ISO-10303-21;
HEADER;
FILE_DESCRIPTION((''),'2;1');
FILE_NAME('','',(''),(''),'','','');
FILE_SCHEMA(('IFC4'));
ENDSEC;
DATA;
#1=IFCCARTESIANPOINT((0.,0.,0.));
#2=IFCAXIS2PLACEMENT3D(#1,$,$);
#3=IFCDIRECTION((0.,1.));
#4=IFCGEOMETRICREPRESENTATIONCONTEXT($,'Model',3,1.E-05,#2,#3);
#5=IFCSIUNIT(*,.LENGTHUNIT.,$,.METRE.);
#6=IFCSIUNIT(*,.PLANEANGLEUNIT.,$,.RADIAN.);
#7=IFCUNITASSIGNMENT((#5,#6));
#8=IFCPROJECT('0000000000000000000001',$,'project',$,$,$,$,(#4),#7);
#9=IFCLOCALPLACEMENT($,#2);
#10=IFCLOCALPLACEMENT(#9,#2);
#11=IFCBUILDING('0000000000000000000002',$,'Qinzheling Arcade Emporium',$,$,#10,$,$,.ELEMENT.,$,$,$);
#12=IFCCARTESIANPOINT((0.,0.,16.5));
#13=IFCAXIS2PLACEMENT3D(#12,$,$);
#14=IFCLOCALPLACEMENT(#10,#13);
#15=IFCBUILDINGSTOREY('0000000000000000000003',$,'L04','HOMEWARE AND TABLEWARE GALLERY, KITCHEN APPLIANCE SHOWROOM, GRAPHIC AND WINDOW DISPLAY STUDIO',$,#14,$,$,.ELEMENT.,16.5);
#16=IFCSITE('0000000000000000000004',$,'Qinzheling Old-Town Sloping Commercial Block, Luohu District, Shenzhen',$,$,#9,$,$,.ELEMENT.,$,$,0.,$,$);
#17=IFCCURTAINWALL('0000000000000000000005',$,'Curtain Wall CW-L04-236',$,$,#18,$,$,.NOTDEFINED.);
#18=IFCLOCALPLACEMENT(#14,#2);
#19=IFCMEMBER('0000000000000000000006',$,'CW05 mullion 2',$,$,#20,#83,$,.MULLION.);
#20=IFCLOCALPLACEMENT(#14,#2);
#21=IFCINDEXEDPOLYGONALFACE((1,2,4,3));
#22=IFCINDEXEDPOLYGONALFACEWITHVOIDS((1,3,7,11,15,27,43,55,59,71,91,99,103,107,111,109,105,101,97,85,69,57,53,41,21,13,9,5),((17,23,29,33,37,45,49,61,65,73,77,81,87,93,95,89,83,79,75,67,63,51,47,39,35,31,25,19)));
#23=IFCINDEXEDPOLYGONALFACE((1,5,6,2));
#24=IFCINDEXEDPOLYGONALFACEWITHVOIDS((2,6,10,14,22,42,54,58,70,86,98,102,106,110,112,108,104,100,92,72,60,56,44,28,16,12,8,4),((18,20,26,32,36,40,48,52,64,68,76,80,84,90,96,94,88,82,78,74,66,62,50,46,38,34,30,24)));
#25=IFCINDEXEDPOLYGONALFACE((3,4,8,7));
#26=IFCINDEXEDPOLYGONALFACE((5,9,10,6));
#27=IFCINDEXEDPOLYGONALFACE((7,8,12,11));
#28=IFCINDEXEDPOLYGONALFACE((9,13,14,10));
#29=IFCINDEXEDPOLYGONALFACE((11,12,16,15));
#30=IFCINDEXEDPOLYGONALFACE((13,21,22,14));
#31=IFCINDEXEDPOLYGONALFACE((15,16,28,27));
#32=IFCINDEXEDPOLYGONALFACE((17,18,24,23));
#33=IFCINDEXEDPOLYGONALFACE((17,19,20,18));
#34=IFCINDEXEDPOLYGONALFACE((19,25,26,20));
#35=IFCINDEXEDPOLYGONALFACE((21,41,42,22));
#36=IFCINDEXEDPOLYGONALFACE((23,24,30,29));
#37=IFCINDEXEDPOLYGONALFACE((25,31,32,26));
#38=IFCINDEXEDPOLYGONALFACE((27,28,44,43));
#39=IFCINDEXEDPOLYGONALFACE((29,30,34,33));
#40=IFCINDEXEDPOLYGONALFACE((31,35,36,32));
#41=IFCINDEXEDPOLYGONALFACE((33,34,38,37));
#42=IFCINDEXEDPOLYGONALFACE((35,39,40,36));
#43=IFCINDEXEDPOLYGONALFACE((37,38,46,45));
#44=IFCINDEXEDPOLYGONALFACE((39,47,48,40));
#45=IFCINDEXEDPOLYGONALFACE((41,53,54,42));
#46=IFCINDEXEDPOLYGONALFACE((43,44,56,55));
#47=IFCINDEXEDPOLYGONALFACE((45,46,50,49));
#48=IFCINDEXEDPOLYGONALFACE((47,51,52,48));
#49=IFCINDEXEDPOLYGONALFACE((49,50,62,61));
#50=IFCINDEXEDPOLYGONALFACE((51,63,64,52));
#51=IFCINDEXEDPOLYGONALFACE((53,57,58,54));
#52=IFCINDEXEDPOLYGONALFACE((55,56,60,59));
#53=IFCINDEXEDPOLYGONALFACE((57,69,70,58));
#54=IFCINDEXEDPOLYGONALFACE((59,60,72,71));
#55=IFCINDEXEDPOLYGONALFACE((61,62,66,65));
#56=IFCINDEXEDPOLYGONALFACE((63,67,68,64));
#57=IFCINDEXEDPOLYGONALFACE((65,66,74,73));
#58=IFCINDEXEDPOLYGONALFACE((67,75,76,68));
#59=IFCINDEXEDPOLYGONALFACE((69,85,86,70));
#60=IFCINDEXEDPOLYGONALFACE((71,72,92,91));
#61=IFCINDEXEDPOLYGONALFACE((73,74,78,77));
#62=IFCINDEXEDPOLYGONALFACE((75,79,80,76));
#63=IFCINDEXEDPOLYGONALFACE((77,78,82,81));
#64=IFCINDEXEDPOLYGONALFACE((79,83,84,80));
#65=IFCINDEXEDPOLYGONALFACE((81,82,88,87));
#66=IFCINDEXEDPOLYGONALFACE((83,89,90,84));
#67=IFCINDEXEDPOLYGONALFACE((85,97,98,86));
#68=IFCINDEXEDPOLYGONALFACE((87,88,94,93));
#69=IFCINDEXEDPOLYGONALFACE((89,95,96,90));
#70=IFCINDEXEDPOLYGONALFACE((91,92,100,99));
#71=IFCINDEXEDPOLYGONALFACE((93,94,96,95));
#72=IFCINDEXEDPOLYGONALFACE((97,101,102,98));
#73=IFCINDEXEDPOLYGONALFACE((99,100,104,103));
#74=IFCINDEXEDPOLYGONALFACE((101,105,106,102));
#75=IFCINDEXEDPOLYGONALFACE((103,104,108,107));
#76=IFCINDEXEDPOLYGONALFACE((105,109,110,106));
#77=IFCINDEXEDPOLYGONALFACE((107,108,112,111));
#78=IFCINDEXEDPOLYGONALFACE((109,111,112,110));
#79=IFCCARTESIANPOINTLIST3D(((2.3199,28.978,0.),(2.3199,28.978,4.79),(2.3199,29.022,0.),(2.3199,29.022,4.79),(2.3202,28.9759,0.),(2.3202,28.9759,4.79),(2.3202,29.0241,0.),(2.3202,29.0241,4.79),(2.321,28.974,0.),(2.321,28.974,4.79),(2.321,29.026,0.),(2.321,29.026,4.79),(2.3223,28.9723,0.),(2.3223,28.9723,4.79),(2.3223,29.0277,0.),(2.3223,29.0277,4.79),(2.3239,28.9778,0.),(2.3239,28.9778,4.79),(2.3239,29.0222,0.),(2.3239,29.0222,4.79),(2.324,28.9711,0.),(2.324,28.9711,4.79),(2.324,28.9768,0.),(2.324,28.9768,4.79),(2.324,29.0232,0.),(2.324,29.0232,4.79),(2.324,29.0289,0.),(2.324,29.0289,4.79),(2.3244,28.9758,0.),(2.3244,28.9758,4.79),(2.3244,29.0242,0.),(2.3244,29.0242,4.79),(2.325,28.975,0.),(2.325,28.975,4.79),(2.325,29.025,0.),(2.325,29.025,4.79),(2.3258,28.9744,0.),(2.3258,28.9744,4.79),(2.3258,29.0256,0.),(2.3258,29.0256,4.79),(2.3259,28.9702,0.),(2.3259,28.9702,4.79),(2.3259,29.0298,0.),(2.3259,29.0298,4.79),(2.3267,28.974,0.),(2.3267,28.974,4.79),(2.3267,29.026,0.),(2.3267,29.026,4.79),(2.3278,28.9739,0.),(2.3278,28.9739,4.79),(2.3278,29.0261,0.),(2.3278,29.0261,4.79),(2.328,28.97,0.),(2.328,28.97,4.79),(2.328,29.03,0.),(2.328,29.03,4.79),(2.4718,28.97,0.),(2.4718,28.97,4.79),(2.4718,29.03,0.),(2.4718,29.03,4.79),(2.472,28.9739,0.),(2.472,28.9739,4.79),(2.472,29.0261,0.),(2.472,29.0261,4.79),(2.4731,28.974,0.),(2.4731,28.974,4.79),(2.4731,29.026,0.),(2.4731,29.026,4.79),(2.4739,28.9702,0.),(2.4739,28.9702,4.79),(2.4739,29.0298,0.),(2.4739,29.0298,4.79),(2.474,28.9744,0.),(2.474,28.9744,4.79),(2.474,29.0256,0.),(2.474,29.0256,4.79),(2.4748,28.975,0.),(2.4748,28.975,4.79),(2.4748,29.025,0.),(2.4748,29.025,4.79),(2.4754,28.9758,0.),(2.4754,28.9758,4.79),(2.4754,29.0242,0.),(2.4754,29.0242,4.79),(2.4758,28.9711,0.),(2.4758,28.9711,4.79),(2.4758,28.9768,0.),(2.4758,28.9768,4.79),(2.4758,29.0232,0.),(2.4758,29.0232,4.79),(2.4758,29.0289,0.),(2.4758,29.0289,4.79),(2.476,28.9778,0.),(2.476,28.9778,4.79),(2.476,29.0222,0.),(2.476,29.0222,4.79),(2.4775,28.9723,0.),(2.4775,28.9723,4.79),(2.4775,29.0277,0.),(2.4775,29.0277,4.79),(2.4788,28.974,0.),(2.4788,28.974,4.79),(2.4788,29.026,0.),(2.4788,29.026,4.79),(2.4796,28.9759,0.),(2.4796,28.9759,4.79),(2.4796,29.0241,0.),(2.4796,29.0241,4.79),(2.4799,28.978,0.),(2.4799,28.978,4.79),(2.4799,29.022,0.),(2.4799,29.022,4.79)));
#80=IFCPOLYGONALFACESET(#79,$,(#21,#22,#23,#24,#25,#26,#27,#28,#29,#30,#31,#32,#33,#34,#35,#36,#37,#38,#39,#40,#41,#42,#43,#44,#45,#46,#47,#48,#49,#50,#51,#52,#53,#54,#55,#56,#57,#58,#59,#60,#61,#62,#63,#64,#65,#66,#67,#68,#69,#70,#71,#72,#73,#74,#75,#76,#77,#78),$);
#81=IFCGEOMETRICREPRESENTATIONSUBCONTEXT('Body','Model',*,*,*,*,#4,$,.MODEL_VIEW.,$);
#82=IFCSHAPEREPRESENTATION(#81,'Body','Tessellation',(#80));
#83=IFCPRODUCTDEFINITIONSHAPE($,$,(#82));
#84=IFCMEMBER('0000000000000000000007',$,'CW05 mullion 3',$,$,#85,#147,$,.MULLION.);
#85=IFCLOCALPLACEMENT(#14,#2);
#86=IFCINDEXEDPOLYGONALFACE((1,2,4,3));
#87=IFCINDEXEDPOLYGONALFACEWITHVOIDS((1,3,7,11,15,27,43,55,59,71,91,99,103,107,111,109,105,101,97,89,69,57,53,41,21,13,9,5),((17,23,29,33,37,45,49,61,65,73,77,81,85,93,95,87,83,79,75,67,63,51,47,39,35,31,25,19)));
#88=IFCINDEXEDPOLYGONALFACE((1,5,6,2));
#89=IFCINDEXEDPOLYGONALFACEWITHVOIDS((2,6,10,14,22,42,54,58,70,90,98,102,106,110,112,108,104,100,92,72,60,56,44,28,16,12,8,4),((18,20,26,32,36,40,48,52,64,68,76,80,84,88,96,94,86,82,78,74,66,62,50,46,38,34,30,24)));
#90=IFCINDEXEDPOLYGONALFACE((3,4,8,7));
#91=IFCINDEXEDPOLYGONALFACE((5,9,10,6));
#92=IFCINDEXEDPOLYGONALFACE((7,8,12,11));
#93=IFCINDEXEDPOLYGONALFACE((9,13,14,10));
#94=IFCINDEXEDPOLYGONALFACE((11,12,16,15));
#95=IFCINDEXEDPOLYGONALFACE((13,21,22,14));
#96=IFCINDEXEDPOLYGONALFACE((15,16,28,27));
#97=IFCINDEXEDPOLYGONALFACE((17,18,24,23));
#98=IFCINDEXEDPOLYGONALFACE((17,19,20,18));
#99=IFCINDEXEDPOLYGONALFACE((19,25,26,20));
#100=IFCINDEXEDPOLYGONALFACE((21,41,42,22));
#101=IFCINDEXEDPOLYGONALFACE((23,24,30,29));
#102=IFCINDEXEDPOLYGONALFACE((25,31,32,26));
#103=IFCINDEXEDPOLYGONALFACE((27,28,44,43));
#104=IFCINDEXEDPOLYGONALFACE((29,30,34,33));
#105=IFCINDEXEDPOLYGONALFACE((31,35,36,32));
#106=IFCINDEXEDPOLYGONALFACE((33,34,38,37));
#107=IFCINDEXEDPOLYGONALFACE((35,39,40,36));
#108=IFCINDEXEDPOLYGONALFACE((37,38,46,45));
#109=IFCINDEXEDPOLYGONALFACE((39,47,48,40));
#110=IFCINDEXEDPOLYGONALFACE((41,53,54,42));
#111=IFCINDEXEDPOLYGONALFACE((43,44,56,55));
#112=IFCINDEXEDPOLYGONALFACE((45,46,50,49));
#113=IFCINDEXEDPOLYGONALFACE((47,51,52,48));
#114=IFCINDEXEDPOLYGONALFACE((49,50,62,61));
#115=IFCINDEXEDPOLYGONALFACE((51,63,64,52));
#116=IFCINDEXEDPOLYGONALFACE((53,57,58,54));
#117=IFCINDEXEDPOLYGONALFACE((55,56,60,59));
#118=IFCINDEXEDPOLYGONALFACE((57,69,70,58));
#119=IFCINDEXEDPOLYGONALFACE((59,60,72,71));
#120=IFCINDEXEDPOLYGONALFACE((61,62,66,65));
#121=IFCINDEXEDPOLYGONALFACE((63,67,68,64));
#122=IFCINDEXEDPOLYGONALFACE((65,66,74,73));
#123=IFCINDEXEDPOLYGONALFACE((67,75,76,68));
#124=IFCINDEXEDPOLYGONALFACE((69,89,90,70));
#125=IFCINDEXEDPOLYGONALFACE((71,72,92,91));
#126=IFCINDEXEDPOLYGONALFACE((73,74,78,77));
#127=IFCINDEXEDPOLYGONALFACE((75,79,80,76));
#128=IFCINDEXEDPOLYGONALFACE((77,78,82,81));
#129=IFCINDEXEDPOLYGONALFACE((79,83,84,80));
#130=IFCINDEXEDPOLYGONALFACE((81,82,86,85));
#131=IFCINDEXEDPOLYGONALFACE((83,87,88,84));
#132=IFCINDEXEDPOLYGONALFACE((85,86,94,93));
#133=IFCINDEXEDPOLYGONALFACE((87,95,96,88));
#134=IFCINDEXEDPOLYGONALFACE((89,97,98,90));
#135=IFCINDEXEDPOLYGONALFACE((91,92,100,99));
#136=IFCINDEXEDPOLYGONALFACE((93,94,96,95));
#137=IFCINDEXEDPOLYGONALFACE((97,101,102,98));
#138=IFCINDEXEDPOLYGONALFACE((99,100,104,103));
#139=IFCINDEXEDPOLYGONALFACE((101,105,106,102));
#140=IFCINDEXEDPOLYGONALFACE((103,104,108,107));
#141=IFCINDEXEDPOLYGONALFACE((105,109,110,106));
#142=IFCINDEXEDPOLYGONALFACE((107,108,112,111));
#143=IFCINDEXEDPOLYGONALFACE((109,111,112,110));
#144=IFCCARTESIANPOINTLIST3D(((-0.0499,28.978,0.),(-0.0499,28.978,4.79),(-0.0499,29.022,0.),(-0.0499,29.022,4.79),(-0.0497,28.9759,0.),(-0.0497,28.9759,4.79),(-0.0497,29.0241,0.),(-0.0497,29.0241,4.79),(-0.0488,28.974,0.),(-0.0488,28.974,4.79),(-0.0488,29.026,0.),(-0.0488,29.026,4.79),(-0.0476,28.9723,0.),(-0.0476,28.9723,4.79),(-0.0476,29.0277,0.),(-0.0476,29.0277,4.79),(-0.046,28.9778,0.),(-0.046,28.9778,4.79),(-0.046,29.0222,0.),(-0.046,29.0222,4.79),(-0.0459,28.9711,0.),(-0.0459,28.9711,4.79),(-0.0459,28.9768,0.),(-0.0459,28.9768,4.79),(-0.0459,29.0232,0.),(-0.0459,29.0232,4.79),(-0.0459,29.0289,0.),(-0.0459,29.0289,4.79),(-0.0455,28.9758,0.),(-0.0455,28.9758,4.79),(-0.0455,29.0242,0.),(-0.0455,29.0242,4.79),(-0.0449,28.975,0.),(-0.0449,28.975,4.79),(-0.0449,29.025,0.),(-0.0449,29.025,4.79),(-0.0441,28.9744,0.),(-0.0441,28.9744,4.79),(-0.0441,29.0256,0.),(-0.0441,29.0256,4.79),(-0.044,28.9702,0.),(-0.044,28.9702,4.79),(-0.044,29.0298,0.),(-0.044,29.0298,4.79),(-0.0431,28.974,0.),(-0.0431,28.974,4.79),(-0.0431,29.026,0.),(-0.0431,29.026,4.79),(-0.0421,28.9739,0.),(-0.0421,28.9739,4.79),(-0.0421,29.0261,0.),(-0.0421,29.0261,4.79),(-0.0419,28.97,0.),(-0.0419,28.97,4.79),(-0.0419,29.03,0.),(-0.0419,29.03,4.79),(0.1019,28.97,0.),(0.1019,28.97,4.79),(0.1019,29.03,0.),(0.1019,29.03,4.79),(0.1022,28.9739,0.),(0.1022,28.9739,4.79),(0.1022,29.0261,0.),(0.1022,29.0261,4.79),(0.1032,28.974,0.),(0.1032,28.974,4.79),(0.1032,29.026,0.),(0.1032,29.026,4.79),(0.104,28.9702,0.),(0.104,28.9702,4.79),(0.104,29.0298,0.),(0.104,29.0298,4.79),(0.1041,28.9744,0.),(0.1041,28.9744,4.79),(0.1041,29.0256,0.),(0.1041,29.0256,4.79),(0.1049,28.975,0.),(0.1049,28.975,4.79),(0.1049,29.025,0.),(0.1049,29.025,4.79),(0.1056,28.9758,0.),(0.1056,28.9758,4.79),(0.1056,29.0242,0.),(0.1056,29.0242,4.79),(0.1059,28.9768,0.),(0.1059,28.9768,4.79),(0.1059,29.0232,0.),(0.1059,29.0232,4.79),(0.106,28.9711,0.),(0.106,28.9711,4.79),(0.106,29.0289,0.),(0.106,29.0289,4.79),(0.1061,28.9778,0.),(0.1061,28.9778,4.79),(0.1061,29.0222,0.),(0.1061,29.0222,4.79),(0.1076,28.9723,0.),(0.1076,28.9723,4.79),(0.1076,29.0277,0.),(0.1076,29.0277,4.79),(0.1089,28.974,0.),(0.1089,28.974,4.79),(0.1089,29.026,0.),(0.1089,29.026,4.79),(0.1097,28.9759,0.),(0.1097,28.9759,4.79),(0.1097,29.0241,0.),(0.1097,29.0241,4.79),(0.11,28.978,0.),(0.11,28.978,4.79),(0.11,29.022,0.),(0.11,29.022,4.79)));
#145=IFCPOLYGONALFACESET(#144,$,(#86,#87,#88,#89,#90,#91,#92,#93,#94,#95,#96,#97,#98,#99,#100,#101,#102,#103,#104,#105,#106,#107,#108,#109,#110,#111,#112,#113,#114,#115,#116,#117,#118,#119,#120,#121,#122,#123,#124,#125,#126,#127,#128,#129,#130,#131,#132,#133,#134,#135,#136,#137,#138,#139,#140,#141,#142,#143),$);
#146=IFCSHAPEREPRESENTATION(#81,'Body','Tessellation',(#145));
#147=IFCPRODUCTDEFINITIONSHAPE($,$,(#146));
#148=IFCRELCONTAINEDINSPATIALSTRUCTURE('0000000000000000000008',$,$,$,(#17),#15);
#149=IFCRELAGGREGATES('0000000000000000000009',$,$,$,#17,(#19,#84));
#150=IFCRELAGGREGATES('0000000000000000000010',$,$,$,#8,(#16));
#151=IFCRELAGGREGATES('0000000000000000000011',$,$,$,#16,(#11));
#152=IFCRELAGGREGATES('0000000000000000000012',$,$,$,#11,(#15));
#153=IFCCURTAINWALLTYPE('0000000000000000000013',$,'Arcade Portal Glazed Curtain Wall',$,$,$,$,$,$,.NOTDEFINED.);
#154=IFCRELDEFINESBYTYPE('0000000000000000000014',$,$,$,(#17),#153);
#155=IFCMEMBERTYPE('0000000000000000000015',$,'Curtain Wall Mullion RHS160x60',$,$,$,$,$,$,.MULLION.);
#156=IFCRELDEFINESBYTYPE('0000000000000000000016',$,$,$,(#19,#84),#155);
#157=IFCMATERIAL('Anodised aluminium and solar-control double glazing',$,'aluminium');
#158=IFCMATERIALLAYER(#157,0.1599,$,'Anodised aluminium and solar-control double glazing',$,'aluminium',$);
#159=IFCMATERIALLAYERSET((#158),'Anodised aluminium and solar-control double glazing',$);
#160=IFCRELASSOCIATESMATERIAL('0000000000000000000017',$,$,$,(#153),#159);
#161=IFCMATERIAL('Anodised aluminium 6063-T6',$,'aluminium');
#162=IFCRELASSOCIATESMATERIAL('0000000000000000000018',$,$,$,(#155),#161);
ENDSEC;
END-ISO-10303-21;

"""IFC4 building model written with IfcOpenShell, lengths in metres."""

from ifc_helpers import new_model, si_unit, direction, frame, origin, origin_2d, place, context, subcontext, project, spatial, hollow_rectangle, extrude, material, layer, layer_set, material_profile, profile_set, type_object, element, aggregate, save


model = new_model("IFC4")

# Units and contexts
model_context = context("Model", 3, precision=1e-05, world=origin(), true_north=direction((0.0, 1.0)))
body_context = subcontext(model_context, "Body", "Model", "MODEL_VIEW")
ifc_project = project(units=[si_unit("LENGTHUNIT", "METRE"), si_unit("PLANEANGLEUNIT", "RADIAN")], contexts=[model_context])

# Site, building, storey
site_placement = place(None, origin())
site = spatial("IfcSite", under=ifc_project, at=site_placement, Name="Qinzheling Old-Town Sloping Commercial Block, Luohu District, Shenzhen", CompositionType="ELEMENT", RefElevation=0.0)
building_placement = place(site_placement, origin())
building = spatial("IfcBuilding", under=site, at=building_placement, Name="Qinzheling Arcade Emporium", CompositionType="ELEMENT")
storey_placement = place(building_placement, frame((0.0, 0.0, 16.5)))
storey = spatial("IfcBuildingStorey", under=building, at=storey_placement, Name="L04", Description="HOMEWARE AND TABLEWARE GALLERY, KITCHEN APPLIANCE SHOWROOM, GRAPHIC AND WINDOW DISPLAY STUDIO", CompositionType="ELEMENT", Elevation=16.5)

# Shared definitions
ifc_material_1 = material(Name="Anodised aluminium and solar-control double glazing", Category="aluminium")
ifc_layer_1 = layer(ifc_material_1, 0.1599, Name="Anodised aluminium and solar-control double glazing", Category="aluminium")
ifc_layer_set_1 = layer_set([ifc_layer_1], Name="Anodised aluminium and solar-control double glazing")
curtain_wall_type = type_object("IfcCurtainWallType", Name="Arcade Portal Glazed Curtain Wall", PredefinedType="NOTDEFINED", material=ifc_layer_set_1)
ifc_material_2 = material(Name="Anodised aluminium 6063-T6", Category="aluminium")
ifc_material_profile_1 = material_profile(ifc_material_2, hollow_rectangle(XDim=0.0601, YDim=0.1599, WallThickness=0.0039, InnerFilletRadius=0.0039, OuterFilletRadius=0.0081, at=origin_2d()), Name="RHS 160x60x4", Category="aluminium")
ifc_profile_set_1 = profile_set([ifc_material_profile_1], Name="Anodised aluminium 6063-T6")
member_type_1 = type_object("IfcMemberType", Name="Curtain Wall Mullion RHS160x60", PredefinedType="MULLION", material=ifc_profile_set_1)

# Curtain wall, members
curtain_wall_1_placement = place(storey_placement, origin())
curtain_wall_1 = element("IfcCurtainWall", 1, at=curtain_wall_1_placement, inside=storey, type_object=curtain_wall_type, Name="Curtain Wall CW-L04-236", PredefinedType="NOTDEFINED")
member_1_placement = place(storey_placement, frame((2.3999, 29.0, 0.0), z_axis=(0.0, 0.0, 1.0), x_axis=(0.0, -1.0, 0.0)))
member_1 = element("IfcMember", 2, at=member_1_placement, type_object=member_type_1, Name="CW05 mullion 2", PredefinedType="MULLION", context=body_context, shape_type="SweptSolid", body=[
    extrude(hollow_rectangle(XDim=0.0601, YDim=0.1599, WallThickness=0.0039, InnerFilletRadius=0.0039, OuterFilletRadius=0.0081, at=origin_2d()), origin(), (0.0, 0.0, 1.0), 4.79),
])
member_2_placement = place(storey_placement, frame((0.03, 29.0, 0.0), z_axis=(0.0, 0.0, 1.0), x_axis=(0.0, -1.0, 0.0)))
member_2 = element("IfcMember", 3, at=member_2_placement, type_object=member_type_1, Name="CW05 mullion 3", PredefinedType="MULLION", context=body_context, shape_type="SweptSolid", body=[
    extrude(hollow_rectangle(XDim=0.0601, YDim=0.1599, WallThickness=0.0039, InnerFilletRadius=0.0039, OuterFilletRadius=0.0081, at=origin_2d()), origin(), (0.0, 0.0, 1.0), 4.79),
])

aggregate(curtain_wall_1, [member_1, member_2])

save(model, "model.ifc")
